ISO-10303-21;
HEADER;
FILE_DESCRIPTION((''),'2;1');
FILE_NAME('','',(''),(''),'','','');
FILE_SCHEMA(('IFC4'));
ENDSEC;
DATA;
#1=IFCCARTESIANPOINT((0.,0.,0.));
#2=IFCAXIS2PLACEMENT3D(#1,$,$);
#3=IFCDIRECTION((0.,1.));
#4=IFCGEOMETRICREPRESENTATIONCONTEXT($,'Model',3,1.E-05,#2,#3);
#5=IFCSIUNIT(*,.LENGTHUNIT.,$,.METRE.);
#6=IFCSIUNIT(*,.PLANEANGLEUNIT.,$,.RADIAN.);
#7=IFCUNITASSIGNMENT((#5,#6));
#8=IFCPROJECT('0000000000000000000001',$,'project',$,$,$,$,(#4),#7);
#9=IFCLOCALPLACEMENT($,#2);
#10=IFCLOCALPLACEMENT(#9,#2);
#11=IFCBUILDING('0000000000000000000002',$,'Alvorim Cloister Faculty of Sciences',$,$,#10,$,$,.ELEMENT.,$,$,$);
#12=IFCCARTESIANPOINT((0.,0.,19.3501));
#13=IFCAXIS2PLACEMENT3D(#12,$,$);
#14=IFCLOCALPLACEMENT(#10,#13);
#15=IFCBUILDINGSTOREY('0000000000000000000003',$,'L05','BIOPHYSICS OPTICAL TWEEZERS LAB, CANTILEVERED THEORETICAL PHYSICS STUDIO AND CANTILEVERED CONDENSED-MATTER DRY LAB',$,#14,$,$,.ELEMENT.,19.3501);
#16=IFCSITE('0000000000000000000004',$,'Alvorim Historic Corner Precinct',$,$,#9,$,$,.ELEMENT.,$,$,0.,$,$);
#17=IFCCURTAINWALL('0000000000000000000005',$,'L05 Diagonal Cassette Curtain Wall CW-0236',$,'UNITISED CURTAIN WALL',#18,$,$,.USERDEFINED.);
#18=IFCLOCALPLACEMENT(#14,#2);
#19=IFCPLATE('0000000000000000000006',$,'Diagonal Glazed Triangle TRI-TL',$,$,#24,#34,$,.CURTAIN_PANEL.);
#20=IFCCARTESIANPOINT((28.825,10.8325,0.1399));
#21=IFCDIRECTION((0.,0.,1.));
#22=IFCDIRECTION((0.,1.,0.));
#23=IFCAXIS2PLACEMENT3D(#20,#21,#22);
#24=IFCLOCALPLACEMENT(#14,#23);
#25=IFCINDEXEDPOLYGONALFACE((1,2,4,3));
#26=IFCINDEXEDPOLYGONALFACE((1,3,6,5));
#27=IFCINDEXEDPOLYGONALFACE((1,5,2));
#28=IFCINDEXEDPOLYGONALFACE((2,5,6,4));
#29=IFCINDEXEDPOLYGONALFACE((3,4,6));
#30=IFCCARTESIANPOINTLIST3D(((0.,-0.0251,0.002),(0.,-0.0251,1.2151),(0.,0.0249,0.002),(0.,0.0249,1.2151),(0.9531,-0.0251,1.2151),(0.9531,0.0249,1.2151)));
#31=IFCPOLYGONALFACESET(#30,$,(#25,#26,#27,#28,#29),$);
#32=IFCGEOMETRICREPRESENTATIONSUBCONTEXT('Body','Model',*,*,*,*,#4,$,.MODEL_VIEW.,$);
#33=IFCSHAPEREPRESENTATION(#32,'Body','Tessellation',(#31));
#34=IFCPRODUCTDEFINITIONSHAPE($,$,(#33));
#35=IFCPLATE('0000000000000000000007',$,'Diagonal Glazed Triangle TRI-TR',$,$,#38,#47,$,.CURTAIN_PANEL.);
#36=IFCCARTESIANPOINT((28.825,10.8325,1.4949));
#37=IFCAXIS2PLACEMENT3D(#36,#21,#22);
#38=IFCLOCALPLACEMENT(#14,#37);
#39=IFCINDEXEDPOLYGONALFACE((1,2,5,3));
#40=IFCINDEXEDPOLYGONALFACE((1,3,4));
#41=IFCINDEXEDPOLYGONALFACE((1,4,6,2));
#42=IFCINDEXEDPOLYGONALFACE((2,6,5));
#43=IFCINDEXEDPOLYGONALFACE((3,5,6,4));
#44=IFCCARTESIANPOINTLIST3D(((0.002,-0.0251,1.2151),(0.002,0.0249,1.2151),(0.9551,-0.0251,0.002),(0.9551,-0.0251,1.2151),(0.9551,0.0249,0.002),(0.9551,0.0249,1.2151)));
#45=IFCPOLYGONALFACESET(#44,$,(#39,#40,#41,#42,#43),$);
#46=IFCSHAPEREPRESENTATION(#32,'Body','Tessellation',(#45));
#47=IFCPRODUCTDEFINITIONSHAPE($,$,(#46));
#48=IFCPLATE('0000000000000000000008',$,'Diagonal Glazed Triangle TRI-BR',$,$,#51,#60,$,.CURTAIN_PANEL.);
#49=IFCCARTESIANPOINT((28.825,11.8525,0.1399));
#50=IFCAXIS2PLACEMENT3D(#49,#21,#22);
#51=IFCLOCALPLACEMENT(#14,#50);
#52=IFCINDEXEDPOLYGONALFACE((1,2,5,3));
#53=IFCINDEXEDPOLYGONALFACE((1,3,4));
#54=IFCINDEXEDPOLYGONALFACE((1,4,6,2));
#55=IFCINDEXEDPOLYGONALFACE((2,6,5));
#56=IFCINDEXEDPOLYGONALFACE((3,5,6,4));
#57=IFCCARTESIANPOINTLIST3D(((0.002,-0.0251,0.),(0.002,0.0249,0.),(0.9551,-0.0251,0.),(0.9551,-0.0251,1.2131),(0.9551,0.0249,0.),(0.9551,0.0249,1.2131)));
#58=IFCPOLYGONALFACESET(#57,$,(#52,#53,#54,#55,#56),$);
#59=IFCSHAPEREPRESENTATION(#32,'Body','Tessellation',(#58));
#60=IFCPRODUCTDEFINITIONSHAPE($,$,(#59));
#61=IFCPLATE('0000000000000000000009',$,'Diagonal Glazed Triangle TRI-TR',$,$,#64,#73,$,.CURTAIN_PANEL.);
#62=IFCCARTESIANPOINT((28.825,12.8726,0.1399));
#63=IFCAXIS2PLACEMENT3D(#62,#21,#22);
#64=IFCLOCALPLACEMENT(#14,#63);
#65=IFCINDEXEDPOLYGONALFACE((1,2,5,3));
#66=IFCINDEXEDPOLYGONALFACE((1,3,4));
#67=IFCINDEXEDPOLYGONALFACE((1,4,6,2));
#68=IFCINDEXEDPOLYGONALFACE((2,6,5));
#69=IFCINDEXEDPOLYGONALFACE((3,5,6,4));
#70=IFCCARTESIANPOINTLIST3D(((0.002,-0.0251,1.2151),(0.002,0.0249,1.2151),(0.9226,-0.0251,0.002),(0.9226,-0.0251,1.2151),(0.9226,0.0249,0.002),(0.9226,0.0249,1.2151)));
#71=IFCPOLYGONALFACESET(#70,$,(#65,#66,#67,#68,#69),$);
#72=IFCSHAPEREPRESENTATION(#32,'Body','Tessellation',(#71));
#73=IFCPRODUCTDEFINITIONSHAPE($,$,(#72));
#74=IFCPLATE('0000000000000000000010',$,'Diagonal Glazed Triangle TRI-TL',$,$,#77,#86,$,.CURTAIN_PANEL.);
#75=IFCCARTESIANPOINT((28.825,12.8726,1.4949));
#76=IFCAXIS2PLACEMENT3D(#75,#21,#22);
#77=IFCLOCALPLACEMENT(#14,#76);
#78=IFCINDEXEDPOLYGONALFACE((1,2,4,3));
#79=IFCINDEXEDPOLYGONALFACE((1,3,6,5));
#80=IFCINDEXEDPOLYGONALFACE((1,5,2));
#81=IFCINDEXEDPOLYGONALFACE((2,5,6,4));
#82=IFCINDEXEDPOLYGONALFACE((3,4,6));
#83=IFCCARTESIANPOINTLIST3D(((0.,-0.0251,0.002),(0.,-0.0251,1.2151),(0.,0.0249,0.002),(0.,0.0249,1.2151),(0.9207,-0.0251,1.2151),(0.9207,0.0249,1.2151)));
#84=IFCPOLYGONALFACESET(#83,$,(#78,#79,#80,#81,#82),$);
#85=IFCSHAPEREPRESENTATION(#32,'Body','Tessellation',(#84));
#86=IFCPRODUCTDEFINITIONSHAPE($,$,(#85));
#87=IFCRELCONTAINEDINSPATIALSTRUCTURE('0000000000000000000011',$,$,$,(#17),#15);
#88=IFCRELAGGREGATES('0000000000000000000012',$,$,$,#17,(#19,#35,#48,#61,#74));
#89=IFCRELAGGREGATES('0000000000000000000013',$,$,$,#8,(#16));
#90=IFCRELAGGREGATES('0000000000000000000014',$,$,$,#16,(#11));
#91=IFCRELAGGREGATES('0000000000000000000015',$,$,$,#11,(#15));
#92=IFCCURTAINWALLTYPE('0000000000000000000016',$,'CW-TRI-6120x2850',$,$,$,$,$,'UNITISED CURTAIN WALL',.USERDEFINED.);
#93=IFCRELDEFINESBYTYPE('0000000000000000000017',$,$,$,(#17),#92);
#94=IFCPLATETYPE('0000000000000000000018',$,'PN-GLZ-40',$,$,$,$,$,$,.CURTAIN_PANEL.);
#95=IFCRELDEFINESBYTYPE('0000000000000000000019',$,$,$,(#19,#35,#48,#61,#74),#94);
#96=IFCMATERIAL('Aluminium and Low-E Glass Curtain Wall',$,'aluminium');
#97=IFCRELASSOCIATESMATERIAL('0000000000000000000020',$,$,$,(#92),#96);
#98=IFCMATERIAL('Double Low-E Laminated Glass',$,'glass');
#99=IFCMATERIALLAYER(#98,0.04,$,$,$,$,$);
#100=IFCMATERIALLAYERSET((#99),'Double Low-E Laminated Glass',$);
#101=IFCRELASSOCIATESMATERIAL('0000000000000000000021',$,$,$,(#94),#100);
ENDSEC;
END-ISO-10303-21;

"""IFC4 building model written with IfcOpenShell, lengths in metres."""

from ifc_helpers import new_model, si_unit, direction, frame, origin, place, context, subcontext, project, spatial, polyline, outline, extrude, material, layer, layer_set, type_object, element, aggregate, save


model = new_model("IFC4")

# Units and contexts
model_context = context("Model", 3, precision=1e-05, world=origin(), true_north=direction((0.0, 1.0)))
body_context = subcontext(model_context, "Body", "Model", "MODEL_VIEW")
ifc_project = project(units=[si_unit("LENGTHUNIT", "METRE"), si_unit("PLANEANGLEUNIT", "RADIAN")], contexts=[model_context])

# Site, building, storey
site_placement = place(None, origin())
site = spatial("IfcSite", under=ifc_project, at=site_placement, Name="Alvorim Historic Corner Precinct", CompositionType="ELEMENT", RefElevation=0.0)
building_placement = place(site_placement, origin())
building = spatial("IfcBuilding", under=site, at=building_placement, Name="Alvorim Cloister Faculty of Sciences", CompositionType="ELEMENT")
storey_placement = place(building_placement, frame((0.0, 0.0, 19.3501)))
storey = spatial("IfcBuildingStorey", under=building, at=storey_placement, Name="L05", Description="BIOPHYSICS OPTICAL TWEEZERS LAB, CANTILEVERED THEORETICAL PHYSICS STUDIO AND CANTILEVERED CONDENSED-MATTER DRY LAB", CompositionType="ELEMENT", Elevation=19.3501)

# Curtain wall, plates
ifc_material_1 = material(Name="Aluminium and Low-E Glass Curtain Wall", Category="aluminium")
curtain_wall_type = type_object("IfcCurtainWallType", Name="CW-TRI-6120x2850", ElementType="UNITISED CURTAIN WALL", PredefinedType="USERDEFINED", material=ifc_material_1)
curtain_wall_placement = place(storey_placement, origin())
curtain_wall = element("IfcCurtainWall", 1, at=curtain_wall_placement, inside=storey, type_object=curtain_wall_type, Name="L05 Diagonal Cassette Curtain Wall CW-0236", ObjectType="UNITISED CURTAIN WALL", PredefinedType="USERDEFINED")
ifc_material_2 = material(Name="Double Low-E Laminated Glass", Category="glass")
ifc_layer_1 = layer(ifc_material_2, 0.04)
ifc_layer_set_1 = layer_set([ifc_layer_1], Name="Double Low-E Laminated Glass")
plate_type = type_object("IfcPlateType", Name="PN-GLZ-40", PredefinedType="CURTAIN_PANEL", material=ifc_layer_set_1)
plate_1_placement = place(storey_placement, frame((28.825, 10.8325, 0.1399), z_axis=(0.0, 0.0, 1.0), x_axis=(0.0, 1.0, 0.0)))
plate_1 = element("IfcPlate", 2, at=plate_1_placement, type_object=plate_type, Name="Diagonal Glazed Triangle TRI-TL", PredefinedType="CURTAIN_PANEL", context=body_context, shape_type="SweptSolid", body=[
    extrude(outline(polyline([(0.9531, 1.2151), (0.0, 1.2151), (0.0, 0.002), (0.9531, 1.2151)])), frame((0.0, 0.0249, 0.0), z_axis=(0.0, -1.0, 0.0), x_axis=(1.0, 0.0, 0.0)), (0.0, 0.0, 1.0), 0.05),
])
plate_2_placement = place(storey_placement, frame((28.825, 10.8325, 1.4949), z_axis=(0.0, 0.0, 1.0), x_axis=(0.0, 1.0, 0.0)))
plate_2 = element("IfcPlate", 3, at=plate_2_placement, type_object=plate_type, Name="Diagonal Glazed Triangle TRI-TR", PredefinedType="CURTAIN_PANEL", context=body_context, shape_type="SweptSolid", body=[
    extrude(outline(polyline([(0.9551, 0.002), (0.9551, 1.2151), (0.002, 1.2151), (0.9551, 0.002)])), frame((0.0, 0.0249, 0.0), z_axis=(0.0, -1.0, 0.0), x_axis=(1.0, 0.0, 0.0)), (0.0, 0.0, 1.0), 0.05),
])
plate_3_placement = place(storey_placement, frame((28.825, 11.8525, 0.1399), z_axis=(0.0, 0.0, 1.0), x_axis=(0.0, 1.0, 0.0)))
plate_3 = element("IfcPlate", 4, at=plate_3_placement, type_object=plate_type, Name="Diagonal Glazed Triangle TRI-BR", PredefinedType="CURTAIN_PANEL", context=body_context, shape_type="SweptSolid", body=[
    extrude(outline(polyline([(0.002, 0.0), (0.9551, 0.0), (0.9551, 1.2131), (0.002, 0.0)])), frame((0.0, 0.0249, 0.0), z_axis=(0.0, -1.0, 0.0), x_axis=(1.0, 0.0, 0.0)), (0.0, 0.0, 1.0), 0.05),
])
plate_4_placement = place(storey_placement, frame((28.825, 12.8726, 0.1399), z_axis=(0.0, 0.0, 1.0), x_axis=(0.0, 1.0, 0.0)))
plate_4 = element("IfcPlate", 5, at=plate_4_placement, type_object=plate_type, Name="Diagonal Glazed Triangle TRI-TR", PredefinedType="CURTAIN_PANEL", context=body_context, shape_type="SweptSolid", body=[
    extrude(outline(polyline([(0.9226, 0.002), (0.9226, 1.2151), (0.002, 1.2151), (0.9226, 0.002)])), frame((0.0, 0.0249, 0.0), z_axis=(0.0, -1.0, 0.0), x_axis=(1.0, 0.0, 0.0)), (0.0, 0.0, 1.0), 0.05),
])
plate_5_placement = place(storey_placement, frame((28.825, 12.8726, 1.4949), z_axis=(0.0, 0.0, 1.0), x_axis=(0.0, 1.0, 0.0)))
plate_5 = element("IfcPlate", 6, at=plate_5_placement, type_object=plate_type, Name="Diagonal Glazed Triangle TRI-TL", PredefinedType="CURTAIN_PANEL", context=body_context, shape_type="SweptSolid", body=[
    extrude(outline(polyline([(0.9207, 1.2151), (0.0, 1.2151), (0.0, 0.002), (0.9207, 1.2151)])), frame((0.0, 0.0249, 0.0), z_axis=(0.0, -1.0, 0.0), x_axis=(1.0, 0.0, 0.0)), (0.0, 0.0, 1.0), 0.05),
])
aggregate(curtain_wall, [plate_1, plate_2, plate_3, plate_4, plate_5])

save(model, "model.ifc")
